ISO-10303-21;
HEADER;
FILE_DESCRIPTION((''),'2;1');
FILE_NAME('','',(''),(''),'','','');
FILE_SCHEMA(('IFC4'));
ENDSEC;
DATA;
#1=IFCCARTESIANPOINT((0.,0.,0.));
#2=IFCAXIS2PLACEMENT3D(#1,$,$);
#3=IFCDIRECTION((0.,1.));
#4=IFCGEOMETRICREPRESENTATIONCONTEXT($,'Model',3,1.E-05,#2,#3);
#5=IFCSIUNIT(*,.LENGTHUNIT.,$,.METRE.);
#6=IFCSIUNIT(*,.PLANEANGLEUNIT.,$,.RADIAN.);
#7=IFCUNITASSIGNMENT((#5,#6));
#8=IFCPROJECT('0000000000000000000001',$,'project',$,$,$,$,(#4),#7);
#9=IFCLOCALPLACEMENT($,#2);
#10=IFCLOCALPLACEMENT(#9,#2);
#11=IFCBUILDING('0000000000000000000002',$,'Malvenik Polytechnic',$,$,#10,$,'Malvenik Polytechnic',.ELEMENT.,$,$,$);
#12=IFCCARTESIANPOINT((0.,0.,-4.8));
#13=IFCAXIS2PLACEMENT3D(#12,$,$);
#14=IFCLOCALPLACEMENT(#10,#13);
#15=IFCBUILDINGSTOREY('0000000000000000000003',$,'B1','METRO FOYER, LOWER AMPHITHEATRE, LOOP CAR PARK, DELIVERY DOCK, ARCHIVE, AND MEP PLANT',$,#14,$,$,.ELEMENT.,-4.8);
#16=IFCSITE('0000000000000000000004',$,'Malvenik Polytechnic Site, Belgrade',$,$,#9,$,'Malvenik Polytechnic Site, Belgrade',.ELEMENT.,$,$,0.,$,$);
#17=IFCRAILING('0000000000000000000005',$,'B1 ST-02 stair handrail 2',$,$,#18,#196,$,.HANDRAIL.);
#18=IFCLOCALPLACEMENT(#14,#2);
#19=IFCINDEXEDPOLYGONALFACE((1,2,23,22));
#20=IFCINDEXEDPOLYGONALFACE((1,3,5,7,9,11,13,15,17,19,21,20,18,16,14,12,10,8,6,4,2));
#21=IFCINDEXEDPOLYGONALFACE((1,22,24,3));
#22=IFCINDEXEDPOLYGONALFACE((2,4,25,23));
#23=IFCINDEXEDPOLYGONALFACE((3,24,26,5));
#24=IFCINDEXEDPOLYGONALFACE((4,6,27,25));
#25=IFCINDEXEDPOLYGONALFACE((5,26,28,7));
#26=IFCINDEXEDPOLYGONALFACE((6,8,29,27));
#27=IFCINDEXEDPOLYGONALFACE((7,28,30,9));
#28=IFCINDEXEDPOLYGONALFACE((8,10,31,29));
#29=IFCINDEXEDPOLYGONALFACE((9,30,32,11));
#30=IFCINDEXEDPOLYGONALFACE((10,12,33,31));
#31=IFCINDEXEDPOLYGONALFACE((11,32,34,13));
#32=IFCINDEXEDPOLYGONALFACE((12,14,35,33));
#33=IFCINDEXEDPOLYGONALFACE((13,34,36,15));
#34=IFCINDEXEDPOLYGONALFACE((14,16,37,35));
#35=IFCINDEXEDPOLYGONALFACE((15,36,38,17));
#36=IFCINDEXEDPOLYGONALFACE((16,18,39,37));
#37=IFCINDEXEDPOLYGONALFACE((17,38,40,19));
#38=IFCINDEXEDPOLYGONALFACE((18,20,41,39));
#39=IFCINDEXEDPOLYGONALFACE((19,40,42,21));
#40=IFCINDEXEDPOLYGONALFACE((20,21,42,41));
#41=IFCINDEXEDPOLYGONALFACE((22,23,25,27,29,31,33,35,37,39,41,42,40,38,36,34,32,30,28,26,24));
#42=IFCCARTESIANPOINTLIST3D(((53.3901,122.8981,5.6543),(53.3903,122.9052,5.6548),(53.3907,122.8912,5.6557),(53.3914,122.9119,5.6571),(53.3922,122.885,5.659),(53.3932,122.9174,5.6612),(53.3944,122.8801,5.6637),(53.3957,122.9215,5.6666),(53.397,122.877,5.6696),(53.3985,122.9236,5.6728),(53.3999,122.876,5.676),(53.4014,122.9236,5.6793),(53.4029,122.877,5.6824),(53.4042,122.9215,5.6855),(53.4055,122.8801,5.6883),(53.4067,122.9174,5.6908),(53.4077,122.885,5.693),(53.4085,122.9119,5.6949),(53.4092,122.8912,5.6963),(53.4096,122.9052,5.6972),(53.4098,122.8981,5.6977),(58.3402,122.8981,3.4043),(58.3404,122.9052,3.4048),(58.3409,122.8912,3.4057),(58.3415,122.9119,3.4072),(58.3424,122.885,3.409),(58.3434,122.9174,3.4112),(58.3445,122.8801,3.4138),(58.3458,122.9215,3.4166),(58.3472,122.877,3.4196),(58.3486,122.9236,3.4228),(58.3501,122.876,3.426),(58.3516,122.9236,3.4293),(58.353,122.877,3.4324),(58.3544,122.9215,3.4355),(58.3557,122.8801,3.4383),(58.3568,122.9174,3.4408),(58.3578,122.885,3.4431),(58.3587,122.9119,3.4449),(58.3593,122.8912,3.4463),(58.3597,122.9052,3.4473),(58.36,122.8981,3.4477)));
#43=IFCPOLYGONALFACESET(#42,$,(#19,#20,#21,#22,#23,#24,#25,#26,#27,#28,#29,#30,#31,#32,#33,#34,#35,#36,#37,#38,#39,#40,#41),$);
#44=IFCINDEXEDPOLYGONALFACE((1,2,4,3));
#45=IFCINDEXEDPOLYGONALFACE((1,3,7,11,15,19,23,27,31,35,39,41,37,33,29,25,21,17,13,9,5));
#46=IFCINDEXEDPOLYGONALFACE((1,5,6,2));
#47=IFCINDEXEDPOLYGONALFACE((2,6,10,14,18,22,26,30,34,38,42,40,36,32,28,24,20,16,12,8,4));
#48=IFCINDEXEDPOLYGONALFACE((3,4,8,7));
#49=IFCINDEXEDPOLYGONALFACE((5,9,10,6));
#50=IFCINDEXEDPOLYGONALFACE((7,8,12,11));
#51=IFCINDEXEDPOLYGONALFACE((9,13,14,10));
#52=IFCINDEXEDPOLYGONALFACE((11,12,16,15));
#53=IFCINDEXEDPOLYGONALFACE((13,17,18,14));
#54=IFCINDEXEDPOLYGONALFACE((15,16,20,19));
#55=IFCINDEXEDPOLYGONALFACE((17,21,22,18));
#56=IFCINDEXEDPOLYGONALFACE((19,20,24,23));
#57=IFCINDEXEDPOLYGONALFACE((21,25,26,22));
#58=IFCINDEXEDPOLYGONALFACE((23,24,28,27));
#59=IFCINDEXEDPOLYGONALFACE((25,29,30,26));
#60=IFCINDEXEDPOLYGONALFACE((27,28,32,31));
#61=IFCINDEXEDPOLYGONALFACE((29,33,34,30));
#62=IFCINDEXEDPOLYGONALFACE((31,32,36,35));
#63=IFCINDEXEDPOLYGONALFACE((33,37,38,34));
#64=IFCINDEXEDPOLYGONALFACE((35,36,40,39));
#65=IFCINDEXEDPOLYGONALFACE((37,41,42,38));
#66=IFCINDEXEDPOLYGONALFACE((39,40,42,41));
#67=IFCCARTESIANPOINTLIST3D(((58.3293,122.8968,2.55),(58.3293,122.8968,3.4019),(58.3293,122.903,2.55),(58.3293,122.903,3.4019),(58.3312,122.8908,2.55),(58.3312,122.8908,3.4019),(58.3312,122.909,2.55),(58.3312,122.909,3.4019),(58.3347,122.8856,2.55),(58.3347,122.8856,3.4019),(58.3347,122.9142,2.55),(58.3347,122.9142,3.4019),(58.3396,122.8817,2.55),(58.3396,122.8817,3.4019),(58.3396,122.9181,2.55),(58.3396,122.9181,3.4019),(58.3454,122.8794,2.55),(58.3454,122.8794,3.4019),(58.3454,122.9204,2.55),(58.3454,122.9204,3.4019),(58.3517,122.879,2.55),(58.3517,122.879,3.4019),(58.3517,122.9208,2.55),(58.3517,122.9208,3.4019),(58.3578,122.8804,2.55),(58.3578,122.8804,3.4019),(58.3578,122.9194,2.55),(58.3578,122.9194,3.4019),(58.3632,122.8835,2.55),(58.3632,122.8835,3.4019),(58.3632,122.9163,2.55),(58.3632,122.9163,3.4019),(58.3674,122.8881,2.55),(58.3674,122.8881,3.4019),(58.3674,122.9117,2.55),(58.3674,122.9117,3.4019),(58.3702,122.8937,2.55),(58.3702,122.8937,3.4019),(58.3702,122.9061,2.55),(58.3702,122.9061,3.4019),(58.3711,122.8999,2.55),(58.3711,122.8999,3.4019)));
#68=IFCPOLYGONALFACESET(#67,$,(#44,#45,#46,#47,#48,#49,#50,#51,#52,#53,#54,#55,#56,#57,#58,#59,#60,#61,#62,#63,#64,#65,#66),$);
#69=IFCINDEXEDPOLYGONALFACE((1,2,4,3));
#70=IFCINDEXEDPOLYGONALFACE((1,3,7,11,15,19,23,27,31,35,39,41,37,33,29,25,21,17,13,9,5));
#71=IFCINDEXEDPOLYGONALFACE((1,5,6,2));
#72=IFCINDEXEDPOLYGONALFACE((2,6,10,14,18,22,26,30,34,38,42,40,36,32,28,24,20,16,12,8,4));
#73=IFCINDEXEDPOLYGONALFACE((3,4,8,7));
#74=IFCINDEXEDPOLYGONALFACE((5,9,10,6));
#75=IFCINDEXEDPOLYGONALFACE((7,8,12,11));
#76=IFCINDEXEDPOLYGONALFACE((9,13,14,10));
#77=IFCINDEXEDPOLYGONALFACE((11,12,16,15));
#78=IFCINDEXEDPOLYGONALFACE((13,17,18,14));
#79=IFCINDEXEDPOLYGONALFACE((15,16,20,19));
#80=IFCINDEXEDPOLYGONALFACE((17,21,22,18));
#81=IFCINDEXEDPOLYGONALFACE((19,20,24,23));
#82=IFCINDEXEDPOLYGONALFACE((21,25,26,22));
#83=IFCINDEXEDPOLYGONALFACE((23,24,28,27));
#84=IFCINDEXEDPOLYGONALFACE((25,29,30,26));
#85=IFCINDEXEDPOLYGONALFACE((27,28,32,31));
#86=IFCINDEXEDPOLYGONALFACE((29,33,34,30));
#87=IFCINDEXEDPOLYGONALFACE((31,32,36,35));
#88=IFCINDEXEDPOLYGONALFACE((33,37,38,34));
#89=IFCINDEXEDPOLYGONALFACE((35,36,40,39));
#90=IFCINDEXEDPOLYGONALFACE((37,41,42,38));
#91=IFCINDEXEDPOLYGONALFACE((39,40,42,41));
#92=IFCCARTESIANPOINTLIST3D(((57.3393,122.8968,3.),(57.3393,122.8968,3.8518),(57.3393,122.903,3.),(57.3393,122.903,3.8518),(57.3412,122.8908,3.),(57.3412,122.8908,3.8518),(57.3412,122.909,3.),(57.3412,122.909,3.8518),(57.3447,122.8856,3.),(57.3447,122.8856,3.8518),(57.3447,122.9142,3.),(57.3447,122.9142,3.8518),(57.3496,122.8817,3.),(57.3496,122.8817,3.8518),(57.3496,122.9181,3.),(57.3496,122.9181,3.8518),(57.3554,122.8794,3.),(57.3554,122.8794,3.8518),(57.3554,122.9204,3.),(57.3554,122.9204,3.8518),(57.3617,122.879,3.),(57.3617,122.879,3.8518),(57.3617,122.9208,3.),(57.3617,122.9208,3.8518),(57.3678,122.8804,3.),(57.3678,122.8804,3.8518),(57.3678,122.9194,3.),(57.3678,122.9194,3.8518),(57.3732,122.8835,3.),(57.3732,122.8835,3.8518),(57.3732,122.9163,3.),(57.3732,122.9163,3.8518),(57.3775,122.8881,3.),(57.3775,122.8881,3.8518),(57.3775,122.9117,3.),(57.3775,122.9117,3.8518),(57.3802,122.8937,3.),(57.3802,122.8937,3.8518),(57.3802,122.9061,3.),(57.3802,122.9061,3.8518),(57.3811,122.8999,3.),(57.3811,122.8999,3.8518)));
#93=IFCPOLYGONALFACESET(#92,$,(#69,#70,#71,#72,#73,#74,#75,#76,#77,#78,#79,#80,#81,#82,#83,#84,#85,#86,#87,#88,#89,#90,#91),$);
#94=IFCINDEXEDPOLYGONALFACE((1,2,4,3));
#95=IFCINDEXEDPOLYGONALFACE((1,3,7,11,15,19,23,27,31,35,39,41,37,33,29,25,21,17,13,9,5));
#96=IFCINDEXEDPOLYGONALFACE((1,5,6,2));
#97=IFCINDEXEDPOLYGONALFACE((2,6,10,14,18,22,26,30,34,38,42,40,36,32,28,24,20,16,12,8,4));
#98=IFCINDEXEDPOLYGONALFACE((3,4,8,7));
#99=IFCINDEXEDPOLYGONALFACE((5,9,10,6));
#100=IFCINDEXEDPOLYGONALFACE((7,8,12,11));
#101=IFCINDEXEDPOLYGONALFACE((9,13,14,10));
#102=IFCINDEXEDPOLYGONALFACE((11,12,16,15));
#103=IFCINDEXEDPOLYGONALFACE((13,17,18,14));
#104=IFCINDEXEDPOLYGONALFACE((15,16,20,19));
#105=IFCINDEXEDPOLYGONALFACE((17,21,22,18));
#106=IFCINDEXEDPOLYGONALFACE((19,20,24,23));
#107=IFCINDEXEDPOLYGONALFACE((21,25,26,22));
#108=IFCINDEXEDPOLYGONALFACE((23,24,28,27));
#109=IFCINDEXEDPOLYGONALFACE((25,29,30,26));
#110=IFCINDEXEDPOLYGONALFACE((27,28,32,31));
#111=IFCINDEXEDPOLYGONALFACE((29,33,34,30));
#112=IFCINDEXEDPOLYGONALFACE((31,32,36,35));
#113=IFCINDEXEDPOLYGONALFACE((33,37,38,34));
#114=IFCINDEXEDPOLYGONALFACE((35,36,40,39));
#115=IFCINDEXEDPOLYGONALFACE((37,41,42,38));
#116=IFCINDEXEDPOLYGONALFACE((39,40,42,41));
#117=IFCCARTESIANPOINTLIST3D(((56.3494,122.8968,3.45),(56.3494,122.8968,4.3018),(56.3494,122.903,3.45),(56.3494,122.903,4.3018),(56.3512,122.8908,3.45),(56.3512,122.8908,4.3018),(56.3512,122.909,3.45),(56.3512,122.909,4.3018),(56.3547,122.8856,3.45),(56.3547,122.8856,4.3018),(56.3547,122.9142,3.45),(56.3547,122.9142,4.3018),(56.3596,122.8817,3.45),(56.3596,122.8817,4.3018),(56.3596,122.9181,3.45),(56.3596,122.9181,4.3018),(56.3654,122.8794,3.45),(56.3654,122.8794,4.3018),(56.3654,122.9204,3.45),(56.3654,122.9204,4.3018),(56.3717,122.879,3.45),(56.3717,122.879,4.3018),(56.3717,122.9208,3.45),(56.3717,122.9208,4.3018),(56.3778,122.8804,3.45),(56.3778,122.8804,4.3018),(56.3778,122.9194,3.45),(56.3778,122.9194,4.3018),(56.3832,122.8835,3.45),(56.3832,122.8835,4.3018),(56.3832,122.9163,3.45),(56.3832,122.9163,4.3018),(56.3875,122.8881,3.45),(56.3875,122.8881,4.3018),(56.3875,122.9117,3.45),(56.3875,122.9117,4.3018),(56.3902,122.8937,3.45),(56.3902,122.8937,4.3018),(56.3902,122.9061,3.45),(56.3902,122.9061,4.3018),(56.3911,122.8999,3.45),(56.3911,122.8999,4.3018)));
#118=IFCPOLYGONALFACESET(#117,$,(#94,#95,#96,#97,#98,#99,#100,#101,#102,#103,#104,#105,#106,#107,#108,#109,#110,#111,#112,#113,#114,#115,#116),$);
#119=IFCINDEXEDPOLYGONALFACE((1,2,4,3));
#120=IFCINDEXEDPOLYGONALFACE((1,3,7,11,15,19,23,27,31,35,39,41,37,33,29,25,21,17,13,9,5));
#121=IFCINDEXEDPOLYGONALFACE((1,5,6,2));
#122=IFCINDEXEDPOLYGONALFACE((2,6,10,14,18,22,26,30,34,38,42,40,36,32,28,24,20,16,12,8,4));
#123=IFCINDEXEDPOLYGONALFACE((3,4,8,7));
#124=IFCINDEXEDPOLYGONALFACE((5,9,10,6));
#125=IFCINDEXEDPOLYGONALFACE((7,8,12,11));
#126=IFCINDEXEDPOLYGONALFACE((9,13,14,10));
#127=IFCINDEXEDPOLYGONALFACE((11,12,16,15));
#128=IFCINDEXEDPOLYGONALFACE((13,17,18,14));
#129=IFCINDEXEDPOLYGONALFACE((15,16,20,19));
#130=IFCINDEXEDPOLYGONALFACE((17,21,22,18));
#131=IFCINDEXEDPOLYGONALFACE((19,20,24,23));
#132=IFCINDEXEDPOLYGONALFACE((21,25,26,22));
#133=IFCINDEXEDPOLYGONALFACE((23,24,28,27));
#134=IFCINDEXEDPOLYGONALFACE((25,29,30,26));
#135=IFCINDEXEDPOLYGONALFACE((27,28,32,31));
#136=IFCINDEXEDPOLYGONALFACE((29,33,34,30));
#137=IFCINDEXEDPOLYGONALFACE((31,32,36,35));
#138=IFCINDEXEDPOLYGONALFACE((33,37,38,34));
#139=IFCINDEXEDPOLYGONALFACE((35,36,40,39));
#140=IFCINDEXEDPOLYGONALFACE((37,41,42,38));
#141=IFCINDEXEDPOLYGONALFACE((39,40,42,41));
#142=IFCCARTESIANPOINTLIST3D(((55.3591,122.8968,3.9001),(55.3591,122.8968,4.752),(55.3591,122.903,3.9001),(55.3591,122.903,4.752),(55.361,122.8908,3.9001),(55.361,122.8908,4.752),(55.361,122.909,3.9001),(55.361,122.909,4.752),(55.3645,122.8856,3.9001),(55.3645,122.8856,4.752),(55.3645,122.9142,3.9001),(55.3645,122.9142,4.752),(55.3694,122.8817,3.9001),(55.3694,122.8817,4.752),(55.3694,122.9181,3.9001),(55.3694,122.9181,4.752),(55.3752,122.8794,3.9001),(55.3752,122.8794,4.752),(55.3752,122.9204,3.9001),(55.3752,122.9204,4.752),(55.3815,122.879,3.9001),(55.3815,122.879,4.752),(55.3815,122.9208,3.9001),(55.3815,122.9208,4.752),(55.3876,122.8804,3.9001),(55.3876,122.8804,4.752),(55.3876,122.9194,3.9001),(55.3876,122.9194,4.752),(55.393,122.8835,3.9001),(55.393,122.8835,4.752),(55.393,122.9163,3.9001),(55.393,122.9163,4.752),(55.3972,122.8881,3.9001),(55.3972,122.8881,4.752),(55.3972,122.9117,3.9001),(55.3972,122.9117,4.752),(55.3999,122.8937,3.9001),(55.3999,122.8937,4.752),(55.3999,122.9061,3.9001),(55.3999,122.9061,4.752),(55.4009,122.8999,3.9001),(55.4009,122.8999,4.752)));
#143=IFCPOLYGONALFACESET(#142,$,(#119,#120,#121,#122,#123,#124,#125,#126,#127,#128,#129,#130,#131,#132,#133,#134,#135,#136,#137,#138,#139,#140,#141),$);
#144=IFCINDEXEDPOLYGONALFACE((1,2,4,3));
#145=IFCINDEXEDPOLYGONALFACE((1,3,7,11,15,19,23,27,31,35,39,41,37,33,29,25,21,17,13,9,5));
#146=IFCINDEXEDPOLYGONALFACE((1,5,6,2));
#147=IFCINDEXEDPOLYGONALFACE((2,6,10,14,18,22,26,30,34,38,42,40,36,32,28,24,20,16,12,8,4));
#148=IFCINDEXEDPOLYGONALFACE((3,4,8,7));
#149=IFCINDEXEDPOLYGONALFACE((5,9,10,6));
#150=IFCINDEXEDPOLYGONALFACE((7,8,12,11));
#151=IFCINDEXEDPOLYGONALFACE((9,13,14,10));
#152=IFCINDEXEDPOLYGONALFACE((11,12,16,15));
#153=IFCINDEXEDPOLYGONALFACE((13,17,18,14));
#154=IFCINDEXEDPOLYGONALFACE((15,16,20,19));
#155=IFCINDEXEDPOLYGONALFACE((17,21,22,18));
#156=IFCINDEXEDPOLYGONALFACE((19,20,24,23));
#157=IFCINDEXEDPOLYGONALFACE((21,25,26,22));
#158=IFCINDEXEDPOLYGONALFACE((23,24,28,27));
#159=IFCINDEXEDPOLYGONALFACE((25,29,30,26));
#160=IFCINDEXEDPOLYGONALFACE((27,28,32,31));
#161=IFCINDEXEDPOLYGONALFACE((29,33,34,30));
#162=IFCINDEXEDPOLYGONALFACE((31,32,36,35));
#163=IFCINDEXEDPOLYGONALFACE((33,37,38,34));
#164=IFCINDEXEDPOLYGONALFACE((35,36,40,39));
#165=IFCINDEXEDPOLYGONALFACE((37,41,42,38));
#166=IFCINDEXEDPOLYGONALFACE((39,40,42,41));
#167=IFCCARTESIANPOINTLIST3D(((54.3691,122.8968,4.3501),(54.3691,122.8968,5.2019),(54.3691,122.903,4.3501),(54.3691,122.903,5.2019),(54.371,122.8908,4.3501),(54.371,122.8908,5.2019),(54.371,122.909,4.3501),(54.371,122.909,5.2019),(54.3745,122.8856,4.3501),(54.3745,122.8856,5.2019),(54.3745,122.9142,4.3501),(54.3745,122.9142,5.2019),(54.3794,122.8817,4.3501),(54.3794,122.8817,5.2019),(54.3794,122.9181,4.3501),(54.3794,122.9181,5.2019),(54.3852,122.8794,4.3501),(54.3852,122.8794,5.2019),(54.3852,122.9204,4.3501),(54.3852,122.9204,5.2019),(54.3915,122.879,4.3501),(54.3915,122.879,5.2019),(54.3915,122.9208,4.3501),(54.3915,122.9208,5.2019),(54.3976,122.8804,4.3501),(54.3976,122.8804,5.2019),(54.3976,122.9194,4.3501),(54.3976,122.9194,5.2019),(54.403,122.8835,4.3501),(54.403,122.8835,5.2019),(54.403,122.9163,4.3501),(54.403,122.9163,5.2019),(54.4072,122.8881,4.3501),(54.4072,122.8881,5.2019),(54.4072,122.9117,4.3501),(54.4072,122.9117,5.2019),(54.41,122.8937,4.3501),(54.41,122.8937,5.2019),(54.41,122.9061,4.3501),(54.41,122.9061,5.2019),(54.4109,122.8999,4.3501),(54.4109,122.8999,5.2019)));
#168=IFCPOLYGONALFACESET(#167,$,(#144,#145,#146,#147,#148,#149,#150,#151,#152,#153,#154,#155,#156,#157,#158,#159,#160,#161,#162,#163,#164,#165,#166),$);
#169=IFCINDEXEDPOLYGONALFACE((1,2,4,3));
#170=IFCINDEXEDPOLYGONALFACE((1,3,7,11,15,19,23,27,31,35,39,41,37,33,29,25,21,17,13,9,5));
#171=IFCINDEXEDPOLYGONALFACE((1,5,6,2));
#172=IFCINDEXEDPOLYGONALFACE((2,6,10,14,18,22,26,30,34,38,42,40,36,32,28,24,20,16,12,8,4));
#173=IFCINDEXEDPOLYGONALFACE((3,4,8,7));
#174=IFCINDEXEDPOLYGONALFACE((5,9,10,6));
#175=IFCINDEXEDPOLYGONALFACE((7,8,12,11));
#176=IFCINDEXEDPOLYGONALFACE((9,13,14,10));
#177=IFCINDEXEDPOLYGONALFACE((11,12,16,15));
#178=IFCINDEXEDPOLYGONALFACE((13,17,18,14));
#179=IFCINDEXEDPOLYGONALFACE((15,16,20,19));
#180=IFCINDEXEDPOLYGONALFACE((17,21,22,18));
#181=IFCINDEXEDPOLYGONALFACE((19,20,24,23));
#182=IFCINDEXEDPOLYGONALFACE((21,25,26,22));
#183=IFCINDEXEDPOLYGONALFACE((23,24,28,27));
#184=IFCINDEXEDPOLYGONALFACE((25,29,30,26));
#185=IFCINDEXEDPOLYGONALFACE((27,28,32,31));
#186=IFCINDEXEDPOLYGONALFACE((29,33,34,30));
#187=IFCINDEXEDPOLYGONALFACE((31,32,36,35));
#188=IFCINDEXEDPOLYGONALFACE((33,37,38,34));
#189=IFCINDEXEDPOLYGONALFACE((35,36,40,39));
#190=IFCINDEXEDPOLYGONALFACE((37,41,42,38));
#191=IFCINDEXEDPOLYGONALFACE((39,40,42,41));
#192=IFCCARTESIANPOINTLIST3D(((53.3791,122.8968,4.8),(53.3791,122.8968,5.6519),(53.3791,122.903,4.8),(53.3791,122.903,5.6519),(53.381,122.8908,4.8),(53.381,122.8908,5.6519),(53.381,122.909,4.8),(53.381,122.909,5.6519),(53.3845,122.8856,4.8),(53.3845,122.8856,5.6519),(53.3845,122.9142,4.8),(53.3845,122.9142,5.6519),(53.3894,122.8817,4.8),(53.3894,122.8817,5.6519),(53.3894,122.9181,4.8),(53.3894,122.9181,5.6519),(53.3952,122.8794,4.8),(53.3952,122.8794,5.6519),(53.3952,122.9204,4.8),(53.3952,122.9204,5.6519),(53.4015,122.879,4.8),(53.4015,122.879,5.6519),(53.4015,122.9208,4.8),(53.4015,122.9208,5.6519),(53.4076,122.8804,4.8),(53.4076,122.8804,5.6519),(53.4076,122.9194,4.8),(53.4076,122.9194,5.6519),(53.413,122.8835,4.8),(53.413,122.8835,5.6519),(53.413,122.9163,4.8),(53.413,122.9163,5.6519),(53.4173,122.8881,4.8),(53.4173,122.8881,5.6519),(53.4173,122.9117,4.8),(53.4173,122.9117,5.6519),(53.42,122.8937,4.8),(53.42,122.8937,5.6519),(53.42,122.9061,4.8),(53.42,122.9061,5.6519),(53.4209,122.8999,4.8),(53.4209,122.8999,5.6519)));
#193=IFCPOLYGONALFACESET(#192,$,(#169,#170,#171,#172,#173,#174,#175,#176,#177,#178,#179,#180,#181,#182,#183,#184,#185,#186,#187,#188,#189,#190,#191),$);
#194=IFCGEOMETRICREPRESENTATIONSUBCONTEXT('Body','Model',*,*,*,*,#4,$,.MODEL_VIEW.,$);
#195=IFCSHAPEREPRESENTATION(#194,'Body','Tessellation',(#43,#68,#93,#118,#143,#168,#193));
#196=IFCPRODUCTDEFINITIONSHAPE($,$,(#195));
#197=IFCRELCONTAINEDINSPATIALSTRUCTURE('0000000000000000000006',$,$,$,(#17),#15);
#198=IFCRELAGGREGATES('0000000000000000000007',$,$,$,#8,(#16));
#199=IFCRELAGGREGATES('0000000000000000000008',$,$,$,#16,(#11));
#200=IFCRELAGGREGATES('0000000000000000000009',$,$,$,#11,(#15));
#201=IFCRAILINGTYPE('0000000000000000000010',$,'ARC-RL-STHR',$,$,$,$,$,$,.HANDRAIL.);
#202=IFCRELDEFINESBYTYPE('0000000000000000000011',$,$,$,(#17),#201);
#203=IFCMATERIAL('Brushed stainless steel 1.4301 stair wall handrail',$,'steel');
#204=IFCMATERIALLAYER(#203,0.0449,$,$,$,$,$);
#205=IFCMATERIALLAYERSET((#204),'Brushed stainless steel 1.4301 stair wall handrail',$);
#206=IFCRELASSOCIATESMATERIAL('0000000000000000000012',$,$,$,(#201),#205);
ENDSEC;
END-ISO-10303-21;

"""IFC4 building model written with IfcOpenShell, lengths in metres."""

from ifc_helpers import new_model, si_unit, direction, frame, origin, origin_2d, place, context, subcontext, project, spatial, circle, extrude, material, layer, layer_set, type_object, element, save


model = new_model("IFC4")

# Units and contexts
model_context = context("Model", 3, precision=1e-05, world=origin(), true_north=direction((0.0, 1.0)))
body_context = subcontext(model_context, "Body", "Model", "MODEL_VIEW")
ifc_project = project(units=[si_unit("LENGTHUNIT", "METRE"), si_unit("PLANEANGLEUNIT", "RADIAN")], contexts=[model_context])

# Site, building, storey
site_placement = place(None, origin())
site = spatial("IfcSite", under=ifc_project, at=site_placement, Name="Malvenik Polytechnic Site, Belgrade", LongName="Malvenik Polytechnic Site, Belgrade", CompositionType="ELEMENT", RefElevation=0.0)
building_placement = place(site_placement, origin())
building = spatial("IfcBuilding", under=site, at=building_placement, Name="Malvenik Polytechnic", LongName="Malvenik Polytechnic", CompositionType="ELEMENT")
storey_placement = place(building_placement, frame((0.0, 0.0, -4.8)))
storey = spatial("IfcBuildingStorey", under=building, at=storey_placement, Name="B1", Description="METRO FOYER, LOWER AMPHITHEATRE, LOOP CAR PARK, DELIVERY DOCK, ARCHIVE, AND MEP PLANT", CompositionType="ELEMENT", Elevation=-4.8)

# Railing
ifc_material_1 = material(Name="Brushed stainless steel 1.4301 stair wall handrail", Category="steel")
ifc_layer_1 = layer(ifc_material_1, 0.0449)
ifc_layer_set_1 = layer_set([ifc_layer_1], Name="Brushed stainless steel 1.4301 stair wall handrail")
railing_type_1 = type_object("IfcRailingType", Name="ARC-RL-STHR", PredefinedType="HANDRAIL", material=ifc_layer_set_1)
railing_1_placement = place(storey_placement, frame((58.3501, 122.8999, 2.55)))
element("IfcRailing", 1, at=railing_1_placement, inside=storey, type_object=railing_type_1, Name="B1 ST-02 stair handrail 2", PredefinedType="HANDRAIL", context=body_context, shape_type="SweptSolid", body=[
    extrude(circle(Radius=0.0239, at=origin_2d()), frame((0.0, 0.0, 0.876), z_axis=(-0.910373, 0.0, 0.413789), x_axis=(0.0, -1.0, 0.0)), (0.0, 0.0, 1.0), 5.4375),
    extrude(circle(Radius=0.021, at=origin_2d()), origin(), (0.0, 0.0, 1.0), 0.8518),
    extrude(circle(Radius=0.021, at=origin_2d()), frame((-0.99, 0.0, 0.45)), (0.0, 0.0, 1.0), 0.8518),
    extrude(circle(Radius=0.021, at=origin_2d()), frame((-1.98, 0.0, 0.8999)), (0.0, 0.0, 1.0), 0.8518),
    extrude(circle(Radius=0.021, at=origin_2d()), frame((-2.9702, 0.0, 1.3501)), (0.0, 0.0, 1.0), 0.8518),
    extrude(circle(Radius=0.021, at=origin_2d()), frame((-3.9602, 0.0, 1.8)), (0.0, 0.0, 1.0), 0.8518),
    extrude(circle(Radius=0.021, at=origin_2d()), frame((-4.9502, 0.0, 2.25)), (0.0, 0.0, 1.0), 0.8518),
])

save(model, "model.ifc")
